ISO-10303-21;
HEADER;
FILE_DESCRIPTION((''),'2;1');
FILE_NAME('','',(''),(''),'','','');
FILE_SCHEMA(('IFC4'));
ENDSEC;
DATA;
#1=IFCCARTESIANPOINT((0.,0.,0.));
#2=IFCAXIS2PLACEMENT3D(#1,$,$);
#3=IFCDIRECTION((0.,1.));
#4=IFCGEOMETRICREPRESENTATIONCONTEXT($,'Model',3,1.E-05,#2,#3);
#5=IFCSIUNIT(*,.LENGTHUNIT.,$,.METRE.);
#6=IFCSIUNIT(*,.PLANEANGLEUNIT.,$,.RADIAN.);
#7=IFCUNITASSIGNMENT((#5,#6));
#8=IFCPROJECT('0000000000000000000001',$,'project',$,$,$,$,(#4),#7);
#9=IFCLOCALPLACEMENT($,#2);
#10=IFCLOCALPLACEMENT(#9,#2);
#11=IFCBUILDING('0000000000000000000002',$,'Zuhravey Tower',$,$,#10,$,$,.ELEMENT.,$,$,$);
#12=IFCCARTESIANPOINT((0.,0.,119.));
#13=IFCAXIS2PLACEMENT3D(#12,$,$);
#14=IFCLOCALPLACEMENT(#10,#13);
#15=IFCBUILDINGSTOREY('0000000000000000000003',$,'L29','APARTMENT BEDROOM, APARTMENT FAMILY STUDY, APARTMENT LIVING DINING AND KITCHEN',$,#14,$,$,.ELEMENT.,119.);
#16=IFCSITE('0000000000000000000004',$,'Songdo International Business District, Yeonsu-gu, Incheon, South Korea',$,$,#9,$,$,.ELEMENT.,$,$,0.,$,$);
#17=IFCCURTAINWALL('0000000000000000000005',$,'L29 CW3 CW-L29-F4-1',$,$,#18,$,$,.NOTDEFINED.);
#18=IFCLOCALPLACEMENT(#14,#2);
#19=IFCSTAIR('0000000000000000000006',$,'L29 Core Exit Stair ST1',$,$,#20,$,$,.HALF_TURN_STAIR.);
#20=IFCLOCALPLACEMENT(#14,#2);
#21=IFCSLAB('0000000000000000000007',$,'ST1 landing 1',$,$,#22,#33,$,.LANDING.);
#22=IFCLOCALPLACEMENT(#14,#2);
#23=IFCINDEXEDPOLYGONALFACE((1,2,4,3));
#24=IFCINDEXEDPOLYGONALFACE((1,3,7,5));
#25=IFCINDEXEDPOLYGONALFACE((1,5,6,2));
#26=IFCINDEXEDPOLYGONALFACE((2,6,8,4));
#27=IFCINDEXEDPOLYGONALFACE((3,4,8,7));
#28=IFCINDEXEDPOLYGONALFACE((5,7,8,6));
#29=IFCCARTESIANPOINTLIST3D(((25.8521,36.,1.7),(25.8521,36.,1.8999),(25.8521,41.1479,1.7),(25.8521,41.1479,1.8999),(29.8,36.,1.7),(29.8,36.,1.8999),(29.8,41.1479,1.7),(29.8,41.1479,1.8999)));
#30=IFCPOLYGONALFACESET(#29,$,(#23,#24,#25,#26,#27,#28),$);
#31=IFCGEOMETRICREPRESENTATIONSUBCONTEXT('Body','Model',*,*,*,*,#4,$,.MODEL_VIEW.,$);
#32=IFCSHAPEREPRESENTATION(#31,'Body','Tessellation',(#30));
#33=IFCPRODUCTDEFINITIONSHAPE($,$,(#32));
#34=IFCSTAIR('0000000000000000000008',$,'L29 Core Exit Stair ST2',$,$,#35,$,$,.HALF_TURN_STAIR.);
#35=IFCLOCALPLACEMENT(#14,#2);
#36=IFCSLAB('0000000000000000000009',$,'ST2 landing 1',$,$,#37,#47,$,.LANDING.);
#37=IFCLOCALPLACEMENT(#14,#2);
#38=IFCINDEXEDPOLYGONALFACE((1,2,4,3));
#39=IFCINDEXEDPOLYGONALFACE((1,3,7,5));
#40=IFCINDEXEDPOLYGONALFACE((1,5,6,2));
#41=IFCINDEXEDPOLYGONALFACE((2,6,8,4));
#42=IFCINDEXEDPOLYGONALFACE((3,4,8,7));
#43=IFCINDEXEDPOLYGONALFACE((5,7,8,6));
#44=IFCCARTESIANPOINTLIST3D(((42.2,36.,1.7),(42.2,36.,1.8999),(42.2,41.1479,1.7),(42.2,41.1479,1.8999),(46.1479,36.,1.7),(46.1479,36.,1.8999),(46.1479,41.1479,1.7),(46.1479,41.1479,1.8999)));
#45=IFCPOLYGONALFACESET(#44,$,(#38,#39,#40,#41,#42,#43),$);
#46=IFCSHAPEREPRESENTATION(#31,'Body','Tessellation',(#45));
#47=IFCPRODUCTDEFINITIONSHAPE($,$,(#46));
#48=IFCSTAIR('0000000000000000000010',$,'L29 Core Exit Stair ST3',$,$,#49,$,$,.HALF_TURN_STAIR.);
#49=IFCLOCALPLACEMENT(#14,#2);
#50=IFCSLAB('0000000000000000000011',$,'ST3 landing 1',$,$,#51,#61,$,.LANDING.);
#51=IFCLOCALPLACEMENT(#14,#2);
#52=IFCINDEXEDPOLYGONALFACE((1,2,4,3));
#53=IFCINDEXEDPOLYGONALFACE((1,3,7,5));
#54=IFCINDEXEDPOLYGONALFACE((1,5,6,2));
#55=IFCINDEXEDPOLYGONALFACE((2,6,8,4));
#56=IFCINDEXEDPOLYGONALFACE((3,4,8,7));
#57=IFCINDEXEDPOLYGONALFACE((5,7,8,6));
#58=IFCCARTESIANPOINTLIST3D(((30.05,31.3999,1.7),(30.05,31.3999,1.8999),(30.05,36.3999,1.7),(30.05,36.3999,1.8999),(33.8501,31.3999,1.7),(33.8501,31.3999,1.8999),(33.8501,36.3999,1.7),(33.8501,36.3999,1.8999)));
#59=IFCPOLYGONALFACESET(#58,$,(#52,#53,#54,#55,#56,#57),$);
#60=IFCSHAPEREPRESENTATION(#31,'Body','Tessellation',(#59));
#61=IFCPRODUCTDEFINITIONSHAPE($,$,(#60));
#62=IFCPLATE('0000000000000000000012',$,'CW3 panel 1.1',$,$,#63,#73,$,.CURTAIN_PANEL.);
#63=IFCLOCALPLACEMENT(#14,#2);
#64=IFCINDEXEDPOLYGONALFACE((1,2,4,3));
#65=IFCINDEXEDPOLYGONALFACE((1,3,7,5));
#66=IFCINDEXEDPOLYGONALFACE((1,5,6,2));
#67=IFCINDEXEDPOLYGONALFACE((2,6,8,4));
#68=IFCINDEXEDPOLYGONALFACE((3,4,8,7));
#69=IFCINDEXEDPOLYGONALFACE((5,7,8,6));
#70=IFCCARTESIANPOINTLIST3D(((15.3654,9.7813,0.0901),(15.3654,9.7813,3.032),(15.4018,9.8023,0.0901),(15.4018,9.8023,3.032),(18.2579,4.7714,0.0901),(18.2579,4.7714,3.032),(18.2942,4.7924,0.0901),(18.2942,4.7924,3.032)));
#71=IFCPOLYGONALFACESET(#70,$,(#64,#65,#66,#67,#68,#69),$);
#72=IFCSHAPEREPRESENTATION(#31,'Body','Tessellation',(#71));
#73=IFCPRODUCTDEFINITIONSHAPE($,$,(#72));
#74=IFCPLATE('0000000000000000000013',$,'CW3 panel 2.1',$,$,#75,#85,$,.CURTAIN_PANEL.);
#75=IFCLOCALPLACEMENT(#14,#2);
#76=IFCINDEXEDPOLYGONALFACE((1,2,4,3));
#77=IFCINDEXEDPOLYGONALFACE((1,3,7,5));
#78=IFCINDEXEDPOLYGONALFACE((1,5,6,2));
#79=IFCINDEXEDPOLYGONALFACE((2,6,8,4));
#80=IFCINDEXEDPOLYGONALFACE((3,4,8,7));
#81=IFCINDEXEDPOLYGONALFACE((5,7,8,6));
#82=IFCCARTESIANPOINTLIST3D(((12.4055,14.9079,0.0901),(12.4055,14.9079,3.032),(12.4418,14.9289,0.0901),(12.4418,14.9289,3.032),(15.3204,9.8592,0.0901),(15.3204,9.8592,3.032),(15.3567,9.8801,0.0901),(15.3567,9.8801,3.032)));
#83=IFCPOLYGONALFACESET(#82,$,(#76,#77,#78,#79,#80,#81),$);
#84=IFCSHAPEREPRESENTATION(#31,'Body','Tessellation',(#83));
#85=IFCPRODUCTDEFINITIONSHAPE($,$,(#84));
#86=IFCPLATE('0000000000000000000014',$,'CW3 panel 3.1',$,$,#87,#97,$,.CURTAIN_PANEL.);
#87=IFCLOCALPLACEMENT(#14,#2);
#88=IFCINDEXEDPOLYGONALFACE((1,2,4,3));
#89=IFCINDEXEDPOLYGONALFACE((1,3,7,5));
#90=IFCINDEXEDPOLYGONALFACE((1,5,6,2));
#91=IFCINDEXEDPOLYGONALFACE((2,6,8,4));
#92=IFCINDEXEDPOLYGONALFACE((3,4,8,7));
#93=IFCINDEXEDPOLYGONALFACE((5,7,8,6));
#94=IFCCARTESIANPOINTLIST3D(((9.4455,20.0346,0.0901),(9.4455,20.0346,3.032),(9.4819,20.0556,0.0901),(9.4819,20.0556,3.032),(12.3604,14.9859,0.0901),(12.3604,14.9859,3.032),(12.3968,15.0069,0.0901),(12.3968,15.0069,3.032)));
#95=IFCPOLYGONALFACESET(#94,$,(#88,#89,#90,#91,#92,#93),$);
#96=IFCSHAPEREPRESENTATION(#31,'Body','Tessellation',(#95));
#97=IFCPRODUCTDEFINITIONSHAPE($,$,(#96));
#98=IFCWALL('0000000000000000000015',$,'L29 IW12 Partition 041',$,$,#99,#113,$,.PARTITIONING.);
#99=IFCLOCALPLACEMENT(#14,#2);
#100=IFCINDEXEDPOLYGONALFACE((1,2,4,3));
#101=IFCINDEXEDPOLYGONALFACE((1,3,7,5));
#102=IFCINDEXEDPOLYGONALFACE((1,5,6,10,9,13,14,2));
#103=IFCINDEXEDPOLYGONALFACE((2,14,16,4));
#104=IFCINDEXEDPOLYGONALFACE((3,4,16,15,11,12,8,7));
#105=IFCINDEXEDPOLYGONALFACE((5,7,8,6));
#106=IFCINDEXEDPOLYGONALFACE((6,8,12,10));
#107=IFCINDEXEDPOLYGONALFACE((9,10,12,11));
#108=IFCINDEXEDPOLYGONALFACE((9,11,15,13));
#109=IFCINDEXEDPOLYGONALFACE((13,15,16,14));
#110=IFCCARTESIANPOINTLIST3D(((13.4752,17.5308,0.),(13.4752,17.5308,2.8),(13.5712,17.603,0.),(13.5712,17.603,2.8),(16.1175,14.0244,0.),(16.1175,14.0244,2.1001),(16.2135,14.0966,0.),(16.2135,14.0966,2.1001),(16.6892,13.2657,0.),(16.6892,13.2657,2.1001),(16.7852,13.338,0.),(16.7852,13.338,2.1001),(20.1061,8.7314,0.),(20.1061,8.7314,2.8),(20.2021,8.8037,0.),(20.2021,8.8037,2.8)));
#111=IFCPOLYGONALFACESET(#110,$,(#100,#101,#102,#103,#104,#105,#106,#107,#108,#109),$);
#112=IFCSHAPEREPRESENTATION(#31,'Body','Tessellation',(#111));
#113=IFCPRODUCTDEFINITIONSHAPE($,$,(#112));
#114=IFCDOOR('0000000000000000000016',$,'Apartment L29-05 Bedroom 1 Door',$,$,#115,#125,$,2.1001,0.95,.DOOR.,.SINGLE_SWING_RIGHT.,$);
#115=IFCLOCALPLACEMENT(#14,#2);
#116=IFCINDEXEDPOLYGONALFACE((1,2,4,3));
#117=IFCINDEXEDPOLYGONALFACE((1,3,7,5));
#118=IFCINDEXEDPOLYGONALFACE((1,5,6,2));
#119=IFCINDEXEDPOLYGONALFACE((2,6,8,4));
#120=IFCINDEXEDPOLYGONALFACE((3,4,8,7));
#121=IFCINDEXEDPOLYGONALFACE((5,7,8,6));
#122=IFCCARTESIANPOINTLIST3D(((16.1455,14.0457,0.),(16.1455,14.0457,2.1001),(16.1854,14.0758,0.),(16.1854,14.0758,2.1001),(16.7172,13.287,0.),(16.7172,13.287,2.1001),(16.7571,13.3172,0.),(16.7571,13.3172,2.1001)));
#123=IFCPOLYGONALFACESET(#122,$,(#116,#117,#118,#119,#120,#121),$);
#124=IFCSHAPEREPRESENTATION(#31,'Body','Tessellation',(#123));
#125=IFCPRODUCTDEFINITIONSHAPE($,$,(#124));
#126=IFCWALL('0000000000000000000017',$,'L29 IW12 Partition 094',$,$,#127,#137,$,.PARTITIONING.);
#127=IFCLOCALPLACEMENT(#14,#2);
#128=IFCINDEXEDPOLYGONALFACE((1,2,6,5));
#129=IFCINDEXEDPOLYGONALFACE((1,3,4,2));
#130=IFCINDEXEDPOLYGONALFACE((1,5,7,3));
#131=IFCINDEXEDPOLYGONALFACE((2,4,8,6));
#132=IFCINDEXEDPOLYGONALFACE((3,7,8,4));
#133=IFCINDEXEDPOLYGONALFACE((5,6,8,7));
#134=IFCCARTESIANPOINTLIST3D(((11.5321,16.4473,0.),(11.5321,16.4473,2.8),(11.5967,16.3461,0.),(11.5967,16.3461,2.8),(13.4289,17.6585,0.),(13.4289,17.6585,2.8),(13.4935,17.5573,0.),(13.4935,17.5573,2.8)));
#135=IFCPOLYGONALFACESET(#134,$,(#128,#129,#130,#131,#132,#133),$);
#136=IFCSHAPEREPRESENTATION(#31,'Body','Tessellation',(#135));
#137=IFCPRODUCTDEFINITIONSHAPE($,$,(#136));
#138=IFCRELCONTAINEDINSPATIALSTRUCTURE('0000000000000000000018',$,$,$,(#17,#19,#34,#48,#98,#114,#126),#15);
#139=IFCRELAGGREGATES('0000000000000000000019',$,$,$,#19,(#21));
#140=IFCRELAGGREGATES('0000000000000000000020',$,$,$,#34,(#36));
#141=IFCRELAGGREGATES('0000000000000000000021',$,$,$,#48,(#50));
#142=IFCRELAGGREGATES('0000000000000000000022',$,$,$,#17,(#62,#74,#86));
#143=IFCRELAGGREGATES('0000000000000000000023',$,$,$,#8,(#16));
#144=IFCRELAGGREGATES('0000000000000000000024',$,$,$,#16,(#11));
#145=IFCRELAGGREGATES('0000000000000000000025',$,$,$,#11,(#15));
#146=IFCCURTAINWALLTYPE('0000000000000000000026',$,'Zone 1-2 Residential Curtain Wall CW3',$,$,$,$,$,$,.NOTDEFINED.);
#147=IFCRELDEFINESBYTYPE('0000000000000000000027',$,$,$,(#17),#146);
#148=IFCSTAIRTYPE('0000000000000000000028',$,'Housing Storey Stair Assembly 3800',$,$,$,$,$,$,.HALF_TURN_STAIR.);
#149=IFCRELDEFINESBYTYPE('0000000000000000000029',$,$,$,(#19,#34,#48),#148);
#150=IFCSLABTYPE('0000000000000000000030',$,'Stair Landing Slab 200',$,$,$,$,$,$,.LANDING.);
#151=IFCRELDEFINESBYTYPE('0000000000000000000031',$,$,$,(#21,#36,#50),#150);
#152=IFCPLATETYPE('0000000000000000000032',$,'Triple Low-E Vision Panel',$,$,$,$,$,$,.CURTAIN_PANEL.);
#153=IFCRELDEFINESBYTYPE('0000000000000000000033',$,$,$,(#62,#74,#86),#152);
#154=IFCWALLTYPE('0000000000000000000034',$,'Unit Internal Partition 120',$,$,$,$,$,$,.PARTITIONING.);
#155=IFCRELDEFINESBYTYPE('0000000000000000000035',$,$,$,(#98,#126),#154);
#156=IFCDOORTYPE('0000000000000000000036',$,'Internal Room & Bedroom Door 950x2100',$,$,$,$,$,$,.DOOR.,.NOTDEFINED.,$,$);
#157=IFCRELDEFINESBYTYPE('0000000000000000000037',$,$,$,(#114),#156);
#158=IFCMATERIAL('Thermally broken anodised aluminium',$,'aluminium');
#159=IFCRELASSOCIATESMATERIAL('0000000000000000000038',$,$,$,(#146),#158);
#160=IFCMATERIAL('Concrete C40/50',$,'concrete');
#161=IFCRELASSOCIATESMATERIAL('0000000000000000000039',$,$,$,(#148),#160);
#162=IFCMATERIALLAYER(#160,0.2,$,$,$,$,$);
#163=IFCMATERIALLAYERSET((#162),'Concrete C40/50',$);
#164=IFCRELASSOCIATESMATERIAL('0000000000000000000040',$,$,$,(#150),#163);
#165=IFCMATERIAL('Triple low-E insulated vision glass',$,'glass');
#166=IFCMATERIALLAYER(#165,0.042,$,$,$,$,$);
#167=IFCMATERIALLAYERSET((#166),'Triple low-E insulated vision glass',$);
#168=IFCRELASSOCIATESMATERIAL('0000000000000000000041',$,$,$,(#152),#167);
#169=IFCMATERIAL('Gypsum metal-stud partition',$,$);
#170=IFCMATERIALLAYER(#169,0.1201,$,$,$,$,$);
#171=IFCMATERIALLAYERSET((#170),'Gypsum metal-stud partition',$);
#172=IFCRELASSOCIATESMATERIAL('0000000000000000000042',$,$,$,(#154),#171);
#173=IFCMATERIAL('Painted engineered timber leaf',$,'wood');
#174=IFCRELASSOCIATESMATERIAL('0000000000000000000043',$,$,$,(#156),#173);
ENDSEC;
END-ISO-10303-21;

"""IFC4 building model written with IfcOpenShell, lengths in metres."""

from ifc_helpers import new_model, si_unit, direction, frame, frame_2d, origin, origin_2d, place, context, subcontext, project, spatial, polyline, rectangle, outline, extrude, material, layer, layer_set, type_object, element, fill, aggregate, save


model = new_model("IFC4")

# Units and contexts
model_context = context("Model", 3, precision=1e-05, world=origin(), true_north=direction((0.0, 1.0)))
body_context = subcontext(model_context, "Body", "Model", "MODEL_VIEW")
ifc_project = project(units=[si_unit("LENGTHUNIT", "METRE"), si_unit("PLANEANGLEUNIT", "RADIAN")], contexts=[model_context])

# Site, building, storey
site_placement = place(None, origin())
site = spatial("IfcSite", under=ifc_project, at=site_placement, Name="Songdo International Business District, Yeonsu-gu, Incheon, South Korea", CompositionType="ELEMENT", RefElevation=0.0)
building_placement = place(site_placement, origin())
building = spatial("IfcBuilding", under=site, at=building_placement, Name="Zuhravey Tower", CompositionType="ELEMENT")
storey_placement = place(building_placement, frame((0.0, 0.0, 119.0)))
storey = spatial("IfcBuildingStorey", under=building, at=storey_placement, Name="L29", Description="APARTMENT BEDROOM, APARTMENT FAMILY STUDY, APARTMENT LIVING DINING AND KITCHEN", CompositionType="ELEMENT", Elevation=119.0)

# Curtain wall
ifc_material_1 = material(Name="Thermally broken anodised aluminium", Category="aluminium")
curtain_wall_type = type_object("IfcCurtainWallType", Name="Zone 1-2 Residential Curtain Wall CW3", PredefinedType="NOTDEFINED", material=ifc_material_1)
curtain_wall_placement = place(storey_placement, origin())
curtain_wall = element("IfcCurtainWall", 1, at=curtain_wall_placement, inside=storey, type_object=curtain_wall_type, Name="L29 CW3 CW-L29-F4-1", PredefinedType="NOTDEFINED")

# Shared definitions
ifc_material_2 = material(Name="Concrete C40/50", Category="concrete")

# Stairs, slabs
stair_type = type_object("IfcStairType", Name="Housing Storey Stair Assembly 3800", PredefinedType="HALF_TURN_STAIR", material=ifc_material_2)
stair_1_placement = place(storey_placement, origin())
stair_1 = element("IfcStair", 2, at=stair_1_placement, inside=storey, type_object=stair_type, Name="L29 Core Exit Stair ST1", PredefinedType="HALF_TURN_STAIR")
ifc_layer_1 = layer(ifc_material_2, 0.2)
ifc_layer_set_1 = layer_set([ifc_layer_1], Name="Concrete C40/50")
slab_type_1 = type_object("IfcSlabType", Name="Stair Landing Slab 200", PredefinedType="LANDING", material=ifc_layer_set_1)
slab_1_placement = place(storey_placement, frame((0.0, 0.0, 1.7)))
slab_1 = element("IfcSlab", 3, at=slab_1_placement, type_object=slab_type_1, Name="ST1 landing 1", PredefinedType="LANDING", context=body_context, shape_type="SweptSolid", body=[
    extrude(outline(polyline([(29.8, 36.0), (29.8, 41.1479), (25.8521, 41.1479), (25.8521, 36.0), (29.8, 36.0)])), origin(), (0.0, 0.0, 1.0), 0.2),
])
aggregate(stair_1, [slab_1])
stair_2_placement = place(storey_placement, origin())
stair_2 = element("IfcStair", 4, at=stair_2_placement, inside=storey, type_object=stair_type, Name="L29 Core Exit Stair ST2", PredefinedType="HALF_TURN_STAIR")
slab_2_placement = place(storey_placement, frame((0.0, 0.0, 1.7)))
slab_2 = element("IfcSlab", 5, at=slab_2_placement, type_object=slab_type_1, Name="ST2 landing 1", PredefinedType="LANDING", context=body_context, shape_type="SweptSolid", body=[
    extrude(outline(polyline([(46.1479, 36.0), (46.1479, 41.1479), (42.2, 41.1479), (42.2, 36.0), (46.1479, 36.0)])), origin(), (0.0, 0.0, 1.0), 0.2),
])
aggregate(stair_2, [slab_2])
stair_3_placement = place(storey_placement, origin())
stair_3 = element("IfcStair", 6, at=stair_3_placement, inside=storey, type_object=stair_type, Name="L29 Core Exit Stair ST3", PredefinedType="HALF_TURN_STAIR")
slab_3_placement = place(storey_placement, frame((0.0, 0.0, 1.7)))
slab_3 = element("IfcSlab", 7, at=slab_3_placement, type_object=slab_type_1, Name="ST3 landing 1", PredefinedType="LANDING", context=body_context, shape_type="SweptSolid", body=[
    extrude(outline(polyline([(30.05, 36.3999), (30.05, 31.3999), (33.8501, 31.3999), (33.8501, 36.3999), (30.05, 36.3999)])), origin(), (0.0, 0.0, 1.0), 0.2),
])
aggregate(stair_3, [slab_3])

# Plates
ifc_material_3 = material(Name="Triple low-E insulated vision glass", Category="glass")
ifc_layer_2 = layer(ifc_material_3, 0.042)
ifc_layer_set_2 = layer_set([ifc_layer_2], Name="Triple low-E insulated vision glass")
plate_type = type_object("IfcPlateType", Name="Triple Low-E Vision Panel", PredefinedType="CURTAIN_PANEL", material=ifc_layer_set_2)
plate_1_placement = place(storey_placement, frame((16.8298, 7.2869, 0.0901), z_axis=(0.0, 0.0, 1.0), x_axis=(-0.5, 0.866026, 0.0)))
plate_1 = element("IfcPlate", 8, at=plate_1_placement, type_object=plate_type, Name="CW3 panel 1.1", PredefinedType="CURTAIN_PANEL", context=body_context, shape_type="SweptSolid", body=[
    extrude(rectangle(XDim=5.7849, YDim=0.042, at=origin_2d()), origin(), (0.0, 0.0, 1.0), 2.9419),
])
plate_2_placement = place(storey_placement, frame((13.8811, 12.394, 0.0901), z_axis=(0.0, 0.0, 1.0), x_axis=(-0.5, 0.866026, 0.0)))
plate_2 = element("IfcPlate", 9, at=plate_2_placement, type_object=plate_type, Name="CW3 panel 2.1", PredefinedType="CURTAIN_PANEL", context=body_context, shape_type="SweptSolid", body=[
    extrude(rectangle(XDim=5.8298, YDim=0.042, at=origin_2d()), origin(), (0.0, 0.0, 1.0), 2.9419),
])
plate_3_placement = place(storey_placement, frame((10.9211, 17.5208, 0.0901), z_axis=(0.0, 0.0, 1.0), x_axis=(-0.5, 0.866026, 0.0)))
plate_3 = element("IfcPlate", 10, at=plate_3_placement, type_object=plate_type, Name="CW3 panel 3.1", PredefinedType="CURTAIN_PANEL", context=body_context, shape_type="SweptSolid", body=[
    extrude(rectangle(XDim=5.8298, YDim=0.042, at=origin_2d()), origin(), (0.0, 0.0, 1.0), 2.9419),
])
aggregate(curtain_wall, [plate_1, plate_2, plate_3])

# Wall, opening, door
ifc_material_4 = material(Name="Gypsum metal-stud partition")
ifc_layer_3 = layer(ifc_material_4, 0.1201)
ifc_layer_set_3 = layer_set([ifc_layer_3], Name="Gypsum metal-stud partition")
wall_type = type_object("IfcWallType", Name="Unit Internal Partition 120", PredefinedType="PARTITIONING", material=ifc_layer_set_3)
wall_1_placement = place(storey_placement, frame((13.5232, 17.5669, 0.0), z_axis=(0.0, 0.0, 1.0), x_axis=(0.601821, -0.798631, 0.0)))
wall_1 = element("IfcWall", 11, at=wall_1_placement, inside=storey, type_object=wall_type, Name="L29 IW12 Partition 041", PredefinedType="PARTITIONING", context=body_context, shape_type="SweptSolid", body=[
    extrude(rectangle(XDim=11.0181, YDim=0.1201, at=frame_2d((5.509, 0.0))), origin(), (0.0, 0.0, 1.0), 2.8),
])
opening_placement = place(wall_1_placement, frame((4.3904, 0.0, 0.0)))
opening = element("IfcOpeningElement", 12, at=opening_placement, cuts=wall_1, PredefinedType="OPENING", context=body_context, shape_type="SweptSolid", body=[
    extrude(rectangle(XDim=0.95, YDim=2.1001, at=frame_2d((0.4751, 1.05))), frame((0.0, 0.072, 0.0), z_axis=(0.0, -1.0, 0.0), x_axis=(1.0, 0.0, 0.0)), (0.0, 0.0, 1.0), 0.144),
])
ifc_material_5 = material(Name="Painted engineered timber leaf", Category="wood")
door_type = type_object("IfcDoorType", Name="Internal Room & Bedroom Door 950x2100", OperationType="NOTDEFINED", PredefinedType="DOOR", material=ifc_material_5)
door_placement = place(opening_placement, frame((0.95, 0.0, 0.0), z_axis=(0.0, 0.0, 1.0), x_axis=(-1.0, 0.0, 0.0)))
door = element("IfcDoor", 13, at=door_placement, inside=storey, type_object=door_type, Name="Apartment L29-05 Bedroom 1 Door", OperationType="SINGLE_SWING_RIGHT", OverallHeight=2.1001, OverallWidth=0.95, PredefinedType="DOOR", context=body_context, shape_type="SweptSolid", body=[
    extrude(rectangle(XDim=0.95, YDim=2.1001, at=frame_2d((0.4751, 1.05))), frame((0.0, 0.0249, 0.0), z_axis=(0.0, -1.0, 0.0), x_axis=(1.0, 0.0, 0.0)), (0.0, 0.0, 1.0), 0.05),
])
fill(opening, door)

# Wall
wall_2_placement = place(storey_placement, frame((13.4612, 17.6079, 0.0), z_axis=(0.0, 0.0, 1.0), x_axis=(-0.842821, -0.538195, 0.0)))
element("IfcWall", 14, at=wall_2_placement, inside=storey, type_object=wall_type, Name="L29 IW12 Partition 094", PredefinedType="PARTITIONING", context=body_context, shape_type="SweptSolid", body=[
    extrude(rectangle(XDim=2.2505, YDim=0.1201, at=frame_2d((1.1252, 0.0))), origin(), (0.0, 0.0, 1.0), 2.8),
])

save(model, "model.ifc")
